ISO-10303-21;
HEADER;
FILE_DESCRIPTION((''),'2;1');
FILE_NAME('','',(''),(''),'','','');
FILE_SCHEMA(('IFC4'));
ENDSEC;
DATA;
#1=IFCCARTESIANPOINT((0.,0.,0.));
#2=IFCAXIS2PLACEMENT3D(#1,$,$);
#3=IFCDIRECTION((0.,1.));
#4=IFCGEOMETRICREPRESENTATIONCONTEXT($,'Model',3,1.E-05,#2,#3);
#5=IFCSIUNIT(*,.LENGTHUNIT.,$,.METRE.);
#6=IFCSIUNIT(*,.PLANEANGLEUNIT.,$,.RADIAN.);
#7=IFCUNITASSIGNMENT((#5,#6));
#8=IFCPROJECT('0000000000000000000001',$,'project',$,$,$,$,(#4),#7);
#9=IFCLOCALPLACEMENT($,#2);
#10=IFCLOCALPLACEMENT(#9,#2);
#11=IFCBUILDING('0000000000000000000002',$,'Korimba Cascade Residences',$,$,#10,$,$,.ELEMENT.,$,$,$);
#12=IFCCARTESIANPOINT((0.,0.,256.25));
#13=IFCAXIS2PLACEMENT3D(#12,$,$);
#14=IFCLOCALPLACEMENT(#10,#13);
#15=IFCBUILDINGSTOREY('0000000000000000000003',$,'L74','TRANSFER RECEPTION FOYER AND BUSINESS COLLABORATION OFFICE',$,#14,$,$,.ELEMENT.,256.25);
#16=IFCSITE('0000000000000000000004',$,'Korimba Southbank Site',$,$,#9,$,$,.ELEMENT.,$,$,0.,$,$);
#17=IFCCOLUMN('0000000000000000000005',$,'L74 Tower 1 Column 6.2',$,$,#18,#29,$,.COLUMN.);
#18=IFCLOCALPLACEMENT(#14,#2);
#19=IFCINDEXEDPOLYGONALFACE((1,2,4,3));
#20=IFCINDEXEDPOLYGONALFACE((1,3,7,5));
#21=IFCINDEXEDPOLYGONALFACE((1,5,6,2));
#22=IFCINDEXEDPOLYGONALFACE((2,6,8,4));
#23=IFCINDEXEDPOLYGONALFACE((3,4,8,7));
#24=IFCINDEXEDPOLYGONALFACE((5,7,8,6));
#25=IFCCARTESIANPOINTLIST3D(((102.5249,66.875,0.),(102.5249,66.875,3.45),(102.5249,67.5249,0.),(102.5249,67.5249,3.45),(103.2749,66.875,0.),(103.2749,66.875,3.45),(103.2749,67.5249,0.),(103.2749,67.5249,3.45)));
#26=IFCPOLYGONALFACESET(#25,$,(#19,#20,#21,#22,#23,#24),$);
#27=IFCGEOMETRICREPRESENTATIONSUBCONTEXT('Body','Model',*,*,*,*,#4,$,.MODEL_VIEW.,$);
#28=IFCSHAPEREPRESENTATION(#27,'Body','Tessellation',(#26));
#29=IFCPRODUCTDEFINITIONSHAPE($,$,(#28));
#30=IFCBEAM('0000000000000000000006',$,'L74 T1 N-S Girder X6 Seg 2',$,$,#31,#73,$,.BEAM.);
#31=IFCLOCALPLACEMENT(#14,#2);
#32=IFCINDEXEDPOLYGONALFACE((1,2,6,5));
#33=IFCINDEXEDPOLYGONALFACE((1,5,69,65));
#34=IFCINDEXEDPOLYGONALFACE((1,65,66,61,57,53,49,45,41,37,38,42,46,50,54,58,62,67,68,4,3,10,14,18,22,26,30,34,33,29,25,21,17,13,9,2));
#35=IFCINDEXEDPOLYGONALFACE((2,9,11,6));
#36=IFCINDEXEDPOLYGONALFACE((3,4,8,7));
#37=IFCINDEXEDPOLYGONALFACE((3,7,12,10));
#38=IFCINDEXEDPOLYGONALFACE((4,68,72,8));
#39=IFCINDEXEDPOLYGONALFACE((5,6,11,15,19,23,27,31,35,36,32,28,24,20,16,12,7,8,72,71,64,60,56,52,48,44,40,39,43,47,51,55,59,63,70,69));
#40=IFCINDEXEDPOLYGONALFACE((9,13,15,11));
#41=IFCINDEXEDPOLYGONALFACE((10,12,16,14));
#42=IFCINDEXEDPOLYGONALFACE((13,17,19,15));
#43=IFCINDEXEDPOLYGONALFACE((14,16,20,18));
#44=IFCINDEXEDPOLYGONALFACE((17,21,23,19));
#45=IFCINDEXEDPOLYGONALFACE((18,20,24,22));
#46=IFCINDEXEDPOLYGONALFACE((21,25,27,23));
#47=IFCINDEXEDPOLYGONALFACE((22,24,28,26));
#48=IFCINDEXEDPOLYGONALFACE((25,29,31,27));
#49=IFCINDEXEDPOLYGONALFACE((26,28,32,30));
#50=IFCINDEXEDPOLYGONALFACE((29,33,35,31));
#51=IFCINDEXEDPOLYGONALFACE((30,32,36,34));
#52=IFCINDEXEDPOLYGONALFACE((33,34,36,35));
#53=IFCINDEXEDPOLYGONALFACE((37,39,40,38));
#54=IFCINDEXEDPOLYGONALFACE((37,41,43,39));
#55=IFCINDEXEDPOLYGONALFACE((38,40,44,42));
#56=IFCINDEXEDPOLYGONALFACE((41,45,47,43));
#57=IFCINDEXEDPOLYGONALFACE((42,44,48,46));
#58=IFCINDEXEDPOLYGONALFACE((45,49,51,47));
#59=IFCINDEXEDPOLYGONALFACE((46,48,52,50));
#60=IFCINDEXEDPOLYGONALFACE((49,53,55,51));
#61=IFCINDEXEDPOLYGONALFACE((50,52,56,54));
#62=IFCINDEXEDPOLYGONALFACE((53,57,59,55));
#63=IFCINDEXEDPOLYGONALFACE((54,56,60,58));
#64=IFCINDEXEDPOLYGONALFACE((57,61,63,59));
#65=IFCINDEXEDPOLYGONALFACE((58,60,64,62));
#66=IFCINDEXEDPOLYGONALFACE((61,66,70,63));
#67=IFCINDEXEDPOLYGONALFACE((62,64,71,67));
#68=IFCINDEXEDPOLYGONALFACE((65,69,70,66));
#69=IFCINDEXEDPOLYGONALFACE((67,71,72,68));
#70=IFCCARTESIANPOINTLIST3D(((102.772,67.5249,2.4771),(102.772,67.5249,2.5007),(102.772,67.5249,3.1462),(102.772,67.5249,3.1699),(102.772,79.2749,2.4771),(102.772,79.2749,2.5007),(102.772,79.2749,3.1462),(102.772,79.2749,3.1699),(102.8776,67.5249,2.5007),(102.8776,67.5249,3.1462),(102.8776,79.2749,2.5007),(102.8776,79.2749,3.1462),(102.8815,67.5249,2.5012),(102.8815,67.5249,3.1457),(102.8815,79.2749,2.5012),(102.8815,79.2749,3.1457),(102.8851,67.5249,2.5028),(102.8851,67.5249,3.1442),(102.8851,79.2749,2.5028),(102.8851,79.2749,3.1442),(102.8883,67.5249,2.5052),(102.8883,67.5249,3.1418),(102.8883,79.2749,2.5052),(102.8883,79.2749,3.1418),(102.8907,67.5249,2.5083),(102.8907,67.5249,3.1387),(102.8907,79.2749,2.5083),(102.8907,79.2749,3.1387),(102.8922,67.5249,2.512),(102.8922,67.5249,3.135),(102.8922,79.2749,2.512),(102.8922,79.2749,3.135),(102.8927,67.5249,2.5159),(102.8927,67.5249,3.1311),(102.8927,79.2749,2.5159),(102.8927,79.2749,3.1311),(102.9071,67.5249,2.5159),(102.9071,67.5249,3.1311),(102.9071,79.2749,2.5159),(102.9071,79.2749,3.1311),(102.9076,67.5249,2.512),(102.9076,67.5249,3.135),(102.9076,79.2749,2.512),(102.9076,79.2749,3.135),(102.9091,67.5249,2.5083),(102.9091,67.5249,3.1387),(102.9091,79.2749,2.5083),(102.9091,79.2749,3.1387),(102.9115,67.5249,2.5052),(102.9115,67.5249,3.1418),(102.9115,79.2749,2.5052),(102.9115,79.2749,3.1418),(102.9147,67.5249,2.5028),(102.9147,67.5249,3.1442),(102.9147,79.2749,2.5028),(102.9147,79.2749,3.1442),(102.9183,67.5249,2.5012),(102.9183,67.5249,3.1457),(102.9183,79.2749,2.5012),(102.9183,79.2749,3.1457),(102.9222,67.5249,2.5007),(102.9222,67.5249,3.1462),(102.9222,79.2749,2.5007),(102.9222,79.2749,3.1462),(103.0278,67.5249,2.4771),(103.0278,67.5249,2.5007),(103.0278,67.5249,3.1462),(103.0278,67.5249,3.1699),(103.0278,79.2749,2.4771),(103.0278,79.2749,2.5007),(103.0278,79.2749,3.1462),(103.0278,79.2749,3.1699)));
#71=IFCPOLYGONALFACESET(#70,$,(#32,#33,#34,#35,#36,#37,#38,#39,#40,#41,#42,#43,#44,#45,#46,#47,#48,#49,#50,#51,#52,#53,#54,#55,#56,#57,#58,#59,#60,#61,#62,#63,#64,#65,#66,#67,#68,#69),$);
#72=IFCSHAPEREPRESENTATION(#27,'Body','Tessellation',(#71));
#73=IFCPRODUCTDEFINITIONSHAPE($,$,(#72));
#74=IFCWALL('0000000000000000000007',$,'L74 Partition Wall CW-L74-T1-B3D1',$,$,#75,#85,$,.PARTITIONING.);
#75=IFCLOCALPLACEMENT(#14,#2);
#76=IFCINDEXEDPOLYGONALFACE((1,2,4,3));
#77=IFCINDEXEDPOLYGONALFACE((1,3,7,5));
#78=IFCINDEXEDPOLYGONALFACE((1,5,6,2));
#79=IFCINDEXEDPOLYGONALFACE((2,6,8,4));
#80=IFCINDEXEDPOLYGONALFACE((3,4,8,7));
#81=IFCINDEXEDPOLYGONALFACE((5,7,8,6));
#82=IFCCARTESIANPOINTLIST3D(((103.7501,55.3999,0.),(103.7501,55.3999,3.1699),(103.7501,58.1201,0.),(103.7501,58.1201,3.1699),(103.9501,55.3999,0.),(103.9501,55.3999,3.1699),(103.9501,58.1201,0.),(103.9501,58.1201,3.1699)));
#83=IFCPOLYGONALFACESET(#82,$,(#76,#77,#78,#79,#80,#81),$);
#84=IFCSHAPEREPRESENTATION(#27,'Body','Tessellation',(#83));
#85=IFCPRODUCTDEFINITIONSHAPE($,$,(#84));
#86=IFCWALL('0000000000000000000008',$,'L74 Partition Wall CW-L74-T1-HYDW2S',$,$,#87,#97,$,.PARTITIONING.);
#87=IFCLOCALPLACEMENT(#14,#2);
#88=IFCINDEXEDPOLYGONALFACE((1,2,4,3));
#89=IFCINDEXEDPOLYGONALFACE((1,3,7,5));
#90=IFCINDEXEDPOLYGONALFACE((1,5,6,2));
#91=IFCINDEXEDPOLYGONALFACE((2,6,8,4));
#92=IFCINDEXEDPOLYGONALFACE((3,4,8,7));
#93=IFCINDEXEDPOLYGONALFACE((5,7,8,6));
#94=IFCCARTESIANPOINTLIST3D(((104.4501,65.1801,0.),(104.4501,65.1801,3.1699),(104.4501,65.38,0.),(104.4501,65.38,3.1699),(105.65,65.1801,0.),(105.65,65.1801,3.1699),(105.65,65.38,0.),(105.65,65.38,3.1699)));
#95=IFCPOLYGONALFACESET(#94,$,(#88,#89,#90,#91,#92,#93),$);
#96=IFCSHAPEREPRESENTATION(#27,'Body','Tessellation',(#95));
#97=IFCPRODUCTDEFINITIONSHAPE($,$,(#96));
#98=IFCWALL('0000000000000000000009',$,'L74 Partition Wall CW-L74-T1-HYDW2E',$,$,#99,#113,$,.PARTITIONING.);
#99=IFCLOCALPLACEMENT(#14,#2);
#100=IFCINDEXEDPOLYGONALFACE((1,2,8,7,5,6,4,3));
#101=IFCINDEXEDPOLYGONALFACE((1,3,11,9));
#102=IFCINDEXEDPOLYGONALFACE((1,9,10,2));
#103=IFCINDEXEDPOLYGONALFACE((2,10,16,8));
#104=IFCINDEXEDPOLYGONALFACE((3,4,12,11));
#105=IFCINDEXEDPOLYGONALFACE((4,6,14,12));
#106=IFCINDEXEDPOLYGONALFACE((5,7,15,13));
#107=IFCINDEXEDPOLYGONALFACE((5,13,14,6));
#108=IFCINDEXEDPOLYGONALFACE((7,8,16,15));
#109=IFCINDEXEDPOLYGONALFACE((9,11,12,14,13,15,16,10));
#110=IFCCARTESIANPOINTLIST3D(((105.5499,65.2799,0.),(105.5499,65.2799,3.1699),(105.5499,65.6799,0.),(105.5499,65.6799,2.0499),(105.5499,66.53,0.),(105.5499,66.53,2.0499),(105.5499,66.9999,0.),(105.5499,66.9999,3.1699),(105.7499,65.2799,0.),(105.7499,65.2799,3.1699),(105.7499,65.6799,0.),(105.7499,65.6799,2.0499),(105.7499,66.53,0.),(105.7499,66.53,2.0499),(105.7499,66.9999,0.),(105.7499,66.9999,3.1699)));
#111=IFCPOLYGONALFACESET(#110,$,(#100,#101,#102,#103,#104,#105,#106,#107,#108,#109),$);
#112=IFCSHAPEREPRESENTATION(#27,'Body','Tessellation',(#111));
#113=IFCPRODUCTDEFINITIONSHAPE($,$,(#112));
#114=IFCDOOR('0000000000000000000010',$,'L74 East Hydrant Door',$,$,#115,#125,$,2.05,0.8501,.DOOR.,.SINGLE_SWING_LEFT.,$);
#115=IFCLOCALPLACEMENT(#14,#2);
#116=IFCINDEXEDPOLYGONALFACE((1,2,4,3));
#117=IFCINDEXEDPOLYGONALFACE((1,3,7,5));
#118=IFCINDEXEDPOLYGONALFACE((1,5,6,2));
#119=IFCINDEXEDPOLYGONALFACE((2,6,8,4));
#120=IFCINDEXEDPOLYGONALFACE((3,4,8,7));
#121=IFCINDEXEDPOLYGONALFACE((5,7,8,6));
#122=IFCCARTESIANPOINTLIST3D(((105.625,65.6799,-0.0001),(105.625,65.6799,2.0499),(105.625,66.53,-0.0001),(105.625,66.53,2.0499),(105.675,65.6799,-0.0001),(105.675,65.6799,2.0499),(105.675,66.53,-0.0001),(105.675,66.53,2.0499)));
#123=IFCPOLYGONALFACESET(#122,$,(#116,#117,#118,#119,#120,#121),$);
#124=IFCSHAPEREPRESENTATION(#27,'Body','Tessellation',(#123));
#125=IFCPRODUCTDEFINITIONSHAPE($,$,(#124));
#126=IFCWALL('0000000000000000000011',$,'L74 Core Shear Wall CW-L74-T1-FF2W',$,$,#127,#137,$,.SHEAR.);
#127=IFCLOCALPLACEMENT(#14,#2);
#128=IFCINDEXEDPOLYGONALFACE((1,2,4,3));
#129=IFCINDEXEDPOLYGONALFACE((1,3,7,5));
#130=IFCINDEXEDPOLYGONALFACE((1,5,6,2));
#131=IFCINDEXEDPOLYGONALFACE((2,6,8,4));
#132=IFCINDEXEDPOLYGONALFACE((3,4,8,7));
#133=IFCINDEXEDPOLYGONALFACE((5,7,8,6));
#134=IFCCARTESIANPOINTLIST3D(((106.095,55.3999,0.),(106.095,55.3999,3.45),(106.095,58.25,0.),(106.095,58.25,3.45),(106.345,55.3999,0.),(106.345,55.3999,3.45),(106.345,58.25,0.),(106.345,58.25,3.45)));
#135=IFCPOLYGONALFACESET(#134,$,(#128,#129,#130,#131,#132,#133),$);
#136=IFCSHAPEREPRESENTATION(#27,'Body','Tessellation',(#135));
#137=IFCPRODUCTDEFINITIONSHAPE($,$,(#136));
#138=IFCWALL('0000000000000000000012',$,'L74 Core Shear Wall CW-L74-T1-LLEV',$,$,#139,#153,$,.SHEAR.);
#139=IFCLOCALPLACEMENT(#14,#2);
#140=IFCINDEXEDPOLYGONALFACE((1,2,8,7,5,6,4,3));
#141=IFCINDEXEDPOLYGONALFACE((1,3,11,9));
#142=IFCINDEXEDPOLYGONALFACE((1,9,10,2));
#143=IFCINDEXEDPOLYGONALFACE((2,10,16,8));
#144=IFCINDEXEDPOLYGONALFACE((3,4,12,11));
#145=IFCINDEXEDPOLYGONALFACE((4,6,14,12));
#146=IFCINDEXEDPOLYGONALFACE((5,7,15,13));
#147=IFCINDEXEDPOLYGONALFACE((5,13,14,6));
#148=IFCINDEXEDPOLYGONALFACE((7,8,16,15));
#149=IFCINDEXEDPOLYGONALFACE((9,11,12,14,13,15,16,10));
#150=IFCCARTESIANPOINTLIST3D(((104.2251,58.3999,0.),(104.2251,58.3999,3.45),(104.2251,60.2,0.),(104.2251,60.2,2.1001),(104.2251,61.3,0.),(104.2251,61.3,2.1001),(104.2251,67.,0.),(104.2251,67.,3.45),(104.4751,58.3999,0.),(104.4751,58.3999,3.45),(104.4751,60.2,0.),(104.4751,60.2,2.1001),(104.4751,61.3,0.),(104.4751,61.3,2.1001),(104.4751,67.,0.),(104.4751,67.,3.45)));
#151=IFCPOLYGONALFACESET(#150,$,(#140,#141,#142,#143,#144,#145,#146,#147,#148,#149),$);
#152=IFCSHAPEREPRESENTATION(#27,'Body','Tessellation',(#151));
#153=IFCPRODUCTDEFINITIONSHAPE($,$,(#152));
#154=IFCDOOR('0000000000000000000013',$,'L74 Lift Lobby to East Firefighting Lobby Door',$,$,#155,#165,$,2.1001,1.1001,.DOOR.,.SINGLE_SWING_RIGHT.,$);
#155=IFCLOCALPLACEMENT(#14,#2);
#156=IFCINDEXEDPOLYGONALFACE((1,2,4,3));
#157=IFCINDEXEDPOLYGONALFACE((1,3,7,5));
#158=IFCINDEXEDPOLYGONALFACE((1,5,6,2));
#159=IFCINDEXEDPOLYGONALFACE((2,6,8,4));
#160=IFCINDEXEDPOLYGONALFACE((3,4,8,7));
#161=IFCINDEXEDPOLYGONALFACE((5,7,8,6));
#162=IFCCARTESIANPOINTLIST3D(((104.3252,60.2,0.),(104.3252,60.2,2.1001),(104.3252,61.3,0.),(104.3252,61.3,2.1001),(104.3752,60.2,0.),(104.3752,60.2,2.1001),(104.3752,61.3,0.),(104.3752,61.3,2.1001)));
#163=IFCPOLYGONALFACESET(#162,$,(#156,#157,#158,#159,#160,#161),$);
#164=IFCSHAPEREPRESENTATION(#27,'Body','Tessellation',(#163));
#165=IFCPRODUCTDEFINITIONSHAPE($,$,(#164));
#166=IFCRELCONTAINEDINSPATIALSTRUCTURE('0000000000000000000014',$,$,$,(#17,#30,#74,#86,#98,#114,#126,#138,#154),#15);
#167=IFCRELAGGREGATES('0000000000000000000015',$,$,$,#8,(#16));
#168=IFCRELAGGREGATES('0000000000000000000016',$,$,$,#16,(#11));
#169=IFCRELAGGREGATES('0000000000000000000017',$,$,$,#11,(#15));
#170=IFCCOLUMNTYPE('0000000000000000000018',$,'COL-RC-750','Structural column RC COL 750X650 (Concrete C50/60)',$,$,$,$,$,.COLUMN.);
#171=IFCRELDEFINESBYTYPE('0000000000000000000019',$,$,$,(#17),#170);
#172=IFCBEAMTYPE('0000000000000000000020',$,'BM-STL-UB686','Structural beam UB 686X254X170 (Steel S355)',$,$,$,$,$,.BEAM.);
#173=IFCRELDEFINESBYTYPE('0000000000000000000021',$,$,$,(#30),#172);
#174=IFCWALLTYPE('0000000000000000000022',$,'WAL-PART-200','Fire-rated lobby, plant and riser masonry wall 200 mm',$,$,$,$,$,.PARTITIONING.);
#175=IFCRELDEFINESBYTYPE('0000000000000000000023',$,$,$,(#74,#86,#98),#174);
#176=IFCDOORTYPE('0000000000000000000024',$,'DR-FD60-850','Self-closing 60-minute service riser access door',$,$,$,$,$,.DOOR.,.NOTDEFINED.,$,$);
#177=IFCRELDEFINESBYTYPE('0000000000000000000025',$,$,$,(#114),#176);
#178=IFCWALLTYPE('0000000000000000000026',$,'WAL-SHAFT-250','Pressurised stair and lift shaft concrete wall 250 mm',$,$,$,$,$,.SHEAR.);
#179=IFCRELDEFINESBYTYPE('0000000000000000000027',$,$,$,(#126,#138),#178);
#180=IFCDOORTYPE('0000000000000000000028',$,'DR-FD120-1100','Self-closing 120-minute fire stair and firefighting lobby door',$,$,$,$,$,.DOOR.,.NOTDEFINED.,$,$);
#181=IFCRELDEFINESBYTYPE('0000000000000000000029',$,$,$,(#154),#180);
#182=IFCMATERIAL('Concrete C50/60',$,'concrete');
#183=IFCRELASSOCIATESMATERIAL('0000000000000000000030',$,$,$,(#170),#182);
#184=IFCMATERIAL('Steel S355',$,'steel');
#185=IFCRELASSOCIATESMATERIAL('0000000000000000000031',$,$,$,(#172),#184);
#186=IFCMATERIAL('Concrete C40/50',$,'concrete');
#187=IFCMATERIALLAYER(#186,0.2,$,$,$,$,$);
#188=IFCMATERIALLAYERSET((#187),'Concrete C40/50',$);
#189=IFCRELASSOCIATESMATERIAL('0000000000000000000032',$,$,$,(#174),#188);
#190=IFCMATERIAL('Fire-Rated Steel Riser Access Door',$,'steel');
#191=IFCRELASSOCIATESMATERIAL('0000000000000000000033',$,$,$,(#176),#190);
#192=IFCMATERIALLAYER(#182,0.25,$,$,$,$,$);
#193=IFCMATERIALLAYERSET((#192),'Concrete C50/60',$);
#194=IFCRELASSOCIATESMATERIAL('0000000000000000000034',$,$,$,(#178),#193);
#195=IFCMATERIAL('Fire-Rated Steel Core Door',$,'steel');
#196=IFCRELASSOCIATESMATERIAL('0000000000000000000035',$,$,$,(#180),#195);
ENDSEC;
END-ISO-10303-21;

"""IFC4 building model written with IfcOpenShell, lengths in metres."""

from ifc_helpers import new_model, si_unit, direction, frame, frame_2d, origin, origin_2d, place, context, subcontext, project, spatial, rectangle, i_section, extrude, material, layer, layer_set, material_profile, profile_set, type_object, element, fill, save


model = new_model("IFC4")

# Units and contexts
model_context = context("Model", 3, precision=1e-05, world=origin(), true_north=direction((0.0, 1.0)))
body_context = subcontext(model_context, "Body", "Model", "MODEL_VIEW")
ifc_project = project(units=[si_unit("LENGTHUNIT", "METRE"), si_unit("PLANEANGLEUNIT", "RADIAN")], contexts=[model_context])

# Site, building, storey
site_placement = place(None, origin())
site = spatial("IfcSite", under=ifc_project, at=site_placement, Name="Korimba Southbank Site", CompositionType="ELEMENT", RefElevation=0.0)
building_placement = place(site_placement, origin())
building = spatial("IfcBuilding", under=site, at=building_placement, Name="Korimba Cascade Residences", CompositionType="ELEMENT")
storey_placement = place(building_placement, frame((0.0, 0.0, 256.25)))
storey = spatial("IfcBuildingStorey", under=building, at=storey_placement, Name="L74", Description="TRANSFER RECEPTION FOYER AND BUSINESS COLLABORATION OFFICE", CompositionType="ELEMENT", Elevation=256.25)

# Column
ifc_material_1 = material(Name="Concrete C50/60", Category="concrete")
ifc_material_profile_1 = material_profile(ifc_material_1, rectangle(XDim=0.75, YDim=0.6499, at=origin_2d()), Name="Concrete C50/60")
ifc_profile_set_1 = profile_set([ifc_material_profile_1], Name="Concrete C50/60")
column_type = type_object("IfcColumnType", Name="COL-RC-750", Description="Structural column RC COL 750X650 (Concrete C50/60)", PredefinedType="COLUMN", material=ifc_profile_set_1)
column_placement = place(storey_placement, frame((102.8999, 67.2, 0.0), z_axis=(0.0, 0.0, 1.0), x_axis=(1.0, 0.0, 0.0)))
element("IfcColumn", 1, at=column_placement, inside=storey, type_object=column_type, Name="L74 Tower 1 Column 6.2", PredefinedType="COLUMN", context=body_context, shape_type="SweptSolid", body=[
    extrude(rectangle(XDim=0.75, YDim=0.6499, at=origin_2d()), origin(), (0.0, 0.0, 1.0), 3.45),
])

# Beam
ifc_material_2 = material(Name="Steel S355", Category="steel")
ifc_material_profile_2 = material_profile(ifc_material_2, i_section(OverallWidth=0.2559, OverallDepth=0.6929, WebThickness=0.0144, FlangeThickness=0.0237, FilletRadius=0.0151, at=origin_2d()), Name="Steel S355")
ifc_profile_set_2 = profile_set([ifc_material_profile_2], Name="Steel S355")
beam_type = type_object("IfcBeamType", Name="BM-STL-UB686", Description="Structural beam UB 686X254X170 (Steel S355)", PredefinedType="BEAM", material=ifc_profile_set_2)
beam_placement = place(storey_placement, frame((102.8999, 67.5249, 2.8235), z_axis=(0.0, 1.0, 0.0), x_axis=(-1.0, 0.0, 0.0)))
element("IfcBeam", 2, at=beam_placement, inside=storey, type_object=beam_type, Name="L74 T1 N-S Girder X6 Seg 2", PredefinedType="BEAM", context=body_context, shape_type="SweptSolid", body=[
    extrude(i_section(OverallWidth=0.2559, OverallDepth=0.6929, WebThickness=0.0144, FlangeThickness=0.0237, FilletRadius=0.0151, at=origin_2d()), origin(), (0.0, 0.0, 1.0), 11.75),
])

# Walls
ifc_material_3 = material(Name="Concrete C40/50", Category="concrete")
ifc_layer_1 = layer(ifc_material_3, 0.2)
ifc_layer_set_1 = layer_set([ifc_layer_1], Name="Concrete C40/50")
wall_type_1 = type_object("IfcWallType", Name="WAL-PART-200", Description="Fire-rated lobby, plant and riser masonry wall 200 mm", PredefinedType="PARTITIONING", material=ifc_layer_set_1)
wall_1_placement = place(storey_placement, frame((103.8501, 55.3999, 0.0), z_axis=(0.0, 0.0, 1.0), x_axis=(0.0, 1.0, 0.0)))
element("IfcWall", 3, at=wall_1_placement, inside=storey, type_object=wall_type_1, Name="L74 Partition Wall CW-L74-T1-B3D1", PredefinedType="PARTITIONING", context=body_context, shape_type="SweptSolid", body=[
    extrude(rectangle(XDim=2.7202, YDim=0.2, at=frame_2d((1.3601, 0.0))), origin(), (0.0, 0.0, 1.0), 3.1699),
])
wall_2_placement = place(storey_placement, frame((104.45, 65.28, 0.0), z_axis=(0.0, 0.0, 1.0), x_axis=(1.0, 0.0, 0.0)))
element("IfcWall", 4, at=wall_2_placement, inside=storey, type_object=wall_type_1, Name="L74 Partition Wall CW-L74-T1-HYDW2S", PredefinedType="PARTITIONING", context=body_context, shape_type="SweptSolid", body=[
    extrude(rectangle(XDim=1.2, YDim=0.2, at=frame_2d((0.6001, 0.0))), origin(), (0.0, 0.0, 1.0), 3.1699),
])

# Wall, opening, door
wall_3_placement = place(storey_placement, frame((105.6499, 65.28, 0.0), z_axis=(0.0, 0.0, 1.0), x_axis=(0.0, 1.0, 0.0)))
wall_3 = element("IfcWall", 5, at=wall_3_placement, inside=storey, type_object=wall_type_1, Name="L74 Partition Wall CW-L74-T1-HYDW2E", PredefinedType="PARTITIONING", context=body_context, shape_type="SweptSolid", body=[
    extrude(rectangle(XDim=1.72, YDim=0.2, at=frame_2d((0.8599, 0.0))), origin(), (0.0, 0.0, 1.0), 3.1699),
])
opening_1_placement = place(wall_3_placement, frame((0.3999, 0.0, 0.0)))
opening_1 = element("IfcOpeningElement", 6, at=opening_1_placement, cuts=wall_3, PredefinedType="OPENING", context=body_context, shape_type="SweptSolid", body=[
    extrude(rectangle(XDim=0.8501, YDim=2.05, at=frame_2d((0.425, 1.0249))), frame((0.0, 0.1099, 0.0), z_axis=(0.0, -1.0, 0.0), x_axis=(1.0, 0.0, 0.0)), (0.0, 0.0, 1.0), 0.22),
])
ifc_material_4 = material(Name="Fire-Rated Steel Riser Access Door", Category="steel")
door_type_1 = type_object("IfcDoorType", Name="DR-FD60-850", Description="Self-closing 60-minute service riser access door", OperationType="NOTDEFINED", PredefinedType="DOOR", material=ifc_material_4)
door_1_placement = place(opening_1_placement, origin())
door_1 = element("IfcDoor", 7, at=door_1_placement, inside=storey, type_object=door_type_1, Name="L74 East Hydrant Door", OperationType="SINGLE_SWING_LEFT", OverallHeight=2.05, OverallWidth=0.8501, PredefinedType="DOOR", context=body_context, shape_type="SweptSolid", body=[
    extrude(rectangle(XDim=0.8501, YDim=2.05, at=frame_2d((0.425, 1.0249))), frame((0.0, 0.0249, 0.0), z_axis=(0.0, -1.0, 0.0), x_axis=(1.0, 0.0, 0.0)), (0.0, 0.0, 1.0), 0.05),
])
fill(opening_1, door_1)

# Wall
ifc_layer_2 = layer(ifc_material_1, 0.25)
ifc_layer_set_2 = layer_set([ifc_layer_2], Name="Concrete C50/60")
wall_type_2 = type_object("IfcWallType", Name="WAL-SHAFT-250", Description="Pressurised stair and lift shaft concrete wall 250 mm", PredefinedType="SHEAR", material=ifc_layer_set_2)
wall_4_placement = place(storey_placement, frame((106.22, 55.3999, 0.0), z_axis=(0.0, 0.0, 1.0), x_axis=(0.0, 1.0, 0.0)))
element("IfcWall", 8, at=wall_4_placement, inside=storey, type_object=wall_type_2, Name="L74 Core Shear Wall CW-L74-T1-FF2W", PredefinedType="SHEAR", context=body_context, shape_type="SweptSolid", body=[
    extrude(rectangle(XDim=2.8501, YDim=0.25, at=frame_2d((1.425, 0.0))), origin(), (0.0, 0.0, 1.0), 3.45),
])

# Wall, opening, door
wall_5_placement = place(storey_placement, frame((104.3501, 58.3999, 0.0), z_axis=(0.0, 0.0, 1.0), x_axis=(0.0, 1.0, 0.0)))
wall_5 = element("IfcWall", 9, at=wall_5_placement, inside=storey, type_object=wall_type_2, Name="L74 Core Shear Wall CW-L74-T1-LLEV", PredefinedType="SHEAR", context=body_context, shape_type="SweptSolid", body=[
    extrude(rectangle(XDim=8.6001, YDim=0.25, at=frame_2d((4.3, 0.0))), origin(), (0.0, 0.0, 1.0), 3.45),
])
opening_2_placement = place(wall_5_placement, frame((1.8, 0.0, 0.0)))
opening_2 = element("IfcOpeningElement", 10, at=opening_2_placement, cuts=wall_5, PredefinedType="OPENING", context=body_context, shape_type="SweptSolid", body=[
    extrude(rectangle(XDim=1.1001, YDim=2.1001, at=frame_2d((0.55, 1.05))), frame((0.0, 0.135, 0.0), z_axis=(0.0, -1.0, 0.0), x_axis=(1.0, 0.0, 0.0)), (0.0, 0.0, 1.0), 0.27),
])
ifc_material_5 = material(Name="Fire-Rated Steel Core Door", Category="steel")
door_type_2 = type_object("IfcDoorType", Name="DR-FD120-1100", Description="Self-closing 120-minute fire stair and firefighting lobby door", OperationType="NOTDEFINED", PredefinedType="DOOR", material=ifc_material_5)
door_2_placement = place(opening_2_placement, origin())
door_2 = element("IfcDoor", 11, at=door_2_placement, inside=storey, type_object=door_type_2, Name="L74 Lift Lobby to East Firefighting Lobby Door", OperationType="SINGLE_SWING_RIGHT", OverallHeight=2.1001, OverallWidth=1.1001, PredefinedType="DOOR", context=body_context, shape_type="SweptSolid", body=[
    extrude(rectangle(XDim=1.1001, YDim=2.1001, at=frame_2d((0.55, 1.05))), frame((0.0, 0.0249, 0.0), z_axis=(0.0, -1.0, 0.0), x_axis=(1.0, 0.0, 0.0)), (0.0, 0.0, 1.0), 0.05),
])
fill(opening_2, door_2)

save(model, "model.ifc")
